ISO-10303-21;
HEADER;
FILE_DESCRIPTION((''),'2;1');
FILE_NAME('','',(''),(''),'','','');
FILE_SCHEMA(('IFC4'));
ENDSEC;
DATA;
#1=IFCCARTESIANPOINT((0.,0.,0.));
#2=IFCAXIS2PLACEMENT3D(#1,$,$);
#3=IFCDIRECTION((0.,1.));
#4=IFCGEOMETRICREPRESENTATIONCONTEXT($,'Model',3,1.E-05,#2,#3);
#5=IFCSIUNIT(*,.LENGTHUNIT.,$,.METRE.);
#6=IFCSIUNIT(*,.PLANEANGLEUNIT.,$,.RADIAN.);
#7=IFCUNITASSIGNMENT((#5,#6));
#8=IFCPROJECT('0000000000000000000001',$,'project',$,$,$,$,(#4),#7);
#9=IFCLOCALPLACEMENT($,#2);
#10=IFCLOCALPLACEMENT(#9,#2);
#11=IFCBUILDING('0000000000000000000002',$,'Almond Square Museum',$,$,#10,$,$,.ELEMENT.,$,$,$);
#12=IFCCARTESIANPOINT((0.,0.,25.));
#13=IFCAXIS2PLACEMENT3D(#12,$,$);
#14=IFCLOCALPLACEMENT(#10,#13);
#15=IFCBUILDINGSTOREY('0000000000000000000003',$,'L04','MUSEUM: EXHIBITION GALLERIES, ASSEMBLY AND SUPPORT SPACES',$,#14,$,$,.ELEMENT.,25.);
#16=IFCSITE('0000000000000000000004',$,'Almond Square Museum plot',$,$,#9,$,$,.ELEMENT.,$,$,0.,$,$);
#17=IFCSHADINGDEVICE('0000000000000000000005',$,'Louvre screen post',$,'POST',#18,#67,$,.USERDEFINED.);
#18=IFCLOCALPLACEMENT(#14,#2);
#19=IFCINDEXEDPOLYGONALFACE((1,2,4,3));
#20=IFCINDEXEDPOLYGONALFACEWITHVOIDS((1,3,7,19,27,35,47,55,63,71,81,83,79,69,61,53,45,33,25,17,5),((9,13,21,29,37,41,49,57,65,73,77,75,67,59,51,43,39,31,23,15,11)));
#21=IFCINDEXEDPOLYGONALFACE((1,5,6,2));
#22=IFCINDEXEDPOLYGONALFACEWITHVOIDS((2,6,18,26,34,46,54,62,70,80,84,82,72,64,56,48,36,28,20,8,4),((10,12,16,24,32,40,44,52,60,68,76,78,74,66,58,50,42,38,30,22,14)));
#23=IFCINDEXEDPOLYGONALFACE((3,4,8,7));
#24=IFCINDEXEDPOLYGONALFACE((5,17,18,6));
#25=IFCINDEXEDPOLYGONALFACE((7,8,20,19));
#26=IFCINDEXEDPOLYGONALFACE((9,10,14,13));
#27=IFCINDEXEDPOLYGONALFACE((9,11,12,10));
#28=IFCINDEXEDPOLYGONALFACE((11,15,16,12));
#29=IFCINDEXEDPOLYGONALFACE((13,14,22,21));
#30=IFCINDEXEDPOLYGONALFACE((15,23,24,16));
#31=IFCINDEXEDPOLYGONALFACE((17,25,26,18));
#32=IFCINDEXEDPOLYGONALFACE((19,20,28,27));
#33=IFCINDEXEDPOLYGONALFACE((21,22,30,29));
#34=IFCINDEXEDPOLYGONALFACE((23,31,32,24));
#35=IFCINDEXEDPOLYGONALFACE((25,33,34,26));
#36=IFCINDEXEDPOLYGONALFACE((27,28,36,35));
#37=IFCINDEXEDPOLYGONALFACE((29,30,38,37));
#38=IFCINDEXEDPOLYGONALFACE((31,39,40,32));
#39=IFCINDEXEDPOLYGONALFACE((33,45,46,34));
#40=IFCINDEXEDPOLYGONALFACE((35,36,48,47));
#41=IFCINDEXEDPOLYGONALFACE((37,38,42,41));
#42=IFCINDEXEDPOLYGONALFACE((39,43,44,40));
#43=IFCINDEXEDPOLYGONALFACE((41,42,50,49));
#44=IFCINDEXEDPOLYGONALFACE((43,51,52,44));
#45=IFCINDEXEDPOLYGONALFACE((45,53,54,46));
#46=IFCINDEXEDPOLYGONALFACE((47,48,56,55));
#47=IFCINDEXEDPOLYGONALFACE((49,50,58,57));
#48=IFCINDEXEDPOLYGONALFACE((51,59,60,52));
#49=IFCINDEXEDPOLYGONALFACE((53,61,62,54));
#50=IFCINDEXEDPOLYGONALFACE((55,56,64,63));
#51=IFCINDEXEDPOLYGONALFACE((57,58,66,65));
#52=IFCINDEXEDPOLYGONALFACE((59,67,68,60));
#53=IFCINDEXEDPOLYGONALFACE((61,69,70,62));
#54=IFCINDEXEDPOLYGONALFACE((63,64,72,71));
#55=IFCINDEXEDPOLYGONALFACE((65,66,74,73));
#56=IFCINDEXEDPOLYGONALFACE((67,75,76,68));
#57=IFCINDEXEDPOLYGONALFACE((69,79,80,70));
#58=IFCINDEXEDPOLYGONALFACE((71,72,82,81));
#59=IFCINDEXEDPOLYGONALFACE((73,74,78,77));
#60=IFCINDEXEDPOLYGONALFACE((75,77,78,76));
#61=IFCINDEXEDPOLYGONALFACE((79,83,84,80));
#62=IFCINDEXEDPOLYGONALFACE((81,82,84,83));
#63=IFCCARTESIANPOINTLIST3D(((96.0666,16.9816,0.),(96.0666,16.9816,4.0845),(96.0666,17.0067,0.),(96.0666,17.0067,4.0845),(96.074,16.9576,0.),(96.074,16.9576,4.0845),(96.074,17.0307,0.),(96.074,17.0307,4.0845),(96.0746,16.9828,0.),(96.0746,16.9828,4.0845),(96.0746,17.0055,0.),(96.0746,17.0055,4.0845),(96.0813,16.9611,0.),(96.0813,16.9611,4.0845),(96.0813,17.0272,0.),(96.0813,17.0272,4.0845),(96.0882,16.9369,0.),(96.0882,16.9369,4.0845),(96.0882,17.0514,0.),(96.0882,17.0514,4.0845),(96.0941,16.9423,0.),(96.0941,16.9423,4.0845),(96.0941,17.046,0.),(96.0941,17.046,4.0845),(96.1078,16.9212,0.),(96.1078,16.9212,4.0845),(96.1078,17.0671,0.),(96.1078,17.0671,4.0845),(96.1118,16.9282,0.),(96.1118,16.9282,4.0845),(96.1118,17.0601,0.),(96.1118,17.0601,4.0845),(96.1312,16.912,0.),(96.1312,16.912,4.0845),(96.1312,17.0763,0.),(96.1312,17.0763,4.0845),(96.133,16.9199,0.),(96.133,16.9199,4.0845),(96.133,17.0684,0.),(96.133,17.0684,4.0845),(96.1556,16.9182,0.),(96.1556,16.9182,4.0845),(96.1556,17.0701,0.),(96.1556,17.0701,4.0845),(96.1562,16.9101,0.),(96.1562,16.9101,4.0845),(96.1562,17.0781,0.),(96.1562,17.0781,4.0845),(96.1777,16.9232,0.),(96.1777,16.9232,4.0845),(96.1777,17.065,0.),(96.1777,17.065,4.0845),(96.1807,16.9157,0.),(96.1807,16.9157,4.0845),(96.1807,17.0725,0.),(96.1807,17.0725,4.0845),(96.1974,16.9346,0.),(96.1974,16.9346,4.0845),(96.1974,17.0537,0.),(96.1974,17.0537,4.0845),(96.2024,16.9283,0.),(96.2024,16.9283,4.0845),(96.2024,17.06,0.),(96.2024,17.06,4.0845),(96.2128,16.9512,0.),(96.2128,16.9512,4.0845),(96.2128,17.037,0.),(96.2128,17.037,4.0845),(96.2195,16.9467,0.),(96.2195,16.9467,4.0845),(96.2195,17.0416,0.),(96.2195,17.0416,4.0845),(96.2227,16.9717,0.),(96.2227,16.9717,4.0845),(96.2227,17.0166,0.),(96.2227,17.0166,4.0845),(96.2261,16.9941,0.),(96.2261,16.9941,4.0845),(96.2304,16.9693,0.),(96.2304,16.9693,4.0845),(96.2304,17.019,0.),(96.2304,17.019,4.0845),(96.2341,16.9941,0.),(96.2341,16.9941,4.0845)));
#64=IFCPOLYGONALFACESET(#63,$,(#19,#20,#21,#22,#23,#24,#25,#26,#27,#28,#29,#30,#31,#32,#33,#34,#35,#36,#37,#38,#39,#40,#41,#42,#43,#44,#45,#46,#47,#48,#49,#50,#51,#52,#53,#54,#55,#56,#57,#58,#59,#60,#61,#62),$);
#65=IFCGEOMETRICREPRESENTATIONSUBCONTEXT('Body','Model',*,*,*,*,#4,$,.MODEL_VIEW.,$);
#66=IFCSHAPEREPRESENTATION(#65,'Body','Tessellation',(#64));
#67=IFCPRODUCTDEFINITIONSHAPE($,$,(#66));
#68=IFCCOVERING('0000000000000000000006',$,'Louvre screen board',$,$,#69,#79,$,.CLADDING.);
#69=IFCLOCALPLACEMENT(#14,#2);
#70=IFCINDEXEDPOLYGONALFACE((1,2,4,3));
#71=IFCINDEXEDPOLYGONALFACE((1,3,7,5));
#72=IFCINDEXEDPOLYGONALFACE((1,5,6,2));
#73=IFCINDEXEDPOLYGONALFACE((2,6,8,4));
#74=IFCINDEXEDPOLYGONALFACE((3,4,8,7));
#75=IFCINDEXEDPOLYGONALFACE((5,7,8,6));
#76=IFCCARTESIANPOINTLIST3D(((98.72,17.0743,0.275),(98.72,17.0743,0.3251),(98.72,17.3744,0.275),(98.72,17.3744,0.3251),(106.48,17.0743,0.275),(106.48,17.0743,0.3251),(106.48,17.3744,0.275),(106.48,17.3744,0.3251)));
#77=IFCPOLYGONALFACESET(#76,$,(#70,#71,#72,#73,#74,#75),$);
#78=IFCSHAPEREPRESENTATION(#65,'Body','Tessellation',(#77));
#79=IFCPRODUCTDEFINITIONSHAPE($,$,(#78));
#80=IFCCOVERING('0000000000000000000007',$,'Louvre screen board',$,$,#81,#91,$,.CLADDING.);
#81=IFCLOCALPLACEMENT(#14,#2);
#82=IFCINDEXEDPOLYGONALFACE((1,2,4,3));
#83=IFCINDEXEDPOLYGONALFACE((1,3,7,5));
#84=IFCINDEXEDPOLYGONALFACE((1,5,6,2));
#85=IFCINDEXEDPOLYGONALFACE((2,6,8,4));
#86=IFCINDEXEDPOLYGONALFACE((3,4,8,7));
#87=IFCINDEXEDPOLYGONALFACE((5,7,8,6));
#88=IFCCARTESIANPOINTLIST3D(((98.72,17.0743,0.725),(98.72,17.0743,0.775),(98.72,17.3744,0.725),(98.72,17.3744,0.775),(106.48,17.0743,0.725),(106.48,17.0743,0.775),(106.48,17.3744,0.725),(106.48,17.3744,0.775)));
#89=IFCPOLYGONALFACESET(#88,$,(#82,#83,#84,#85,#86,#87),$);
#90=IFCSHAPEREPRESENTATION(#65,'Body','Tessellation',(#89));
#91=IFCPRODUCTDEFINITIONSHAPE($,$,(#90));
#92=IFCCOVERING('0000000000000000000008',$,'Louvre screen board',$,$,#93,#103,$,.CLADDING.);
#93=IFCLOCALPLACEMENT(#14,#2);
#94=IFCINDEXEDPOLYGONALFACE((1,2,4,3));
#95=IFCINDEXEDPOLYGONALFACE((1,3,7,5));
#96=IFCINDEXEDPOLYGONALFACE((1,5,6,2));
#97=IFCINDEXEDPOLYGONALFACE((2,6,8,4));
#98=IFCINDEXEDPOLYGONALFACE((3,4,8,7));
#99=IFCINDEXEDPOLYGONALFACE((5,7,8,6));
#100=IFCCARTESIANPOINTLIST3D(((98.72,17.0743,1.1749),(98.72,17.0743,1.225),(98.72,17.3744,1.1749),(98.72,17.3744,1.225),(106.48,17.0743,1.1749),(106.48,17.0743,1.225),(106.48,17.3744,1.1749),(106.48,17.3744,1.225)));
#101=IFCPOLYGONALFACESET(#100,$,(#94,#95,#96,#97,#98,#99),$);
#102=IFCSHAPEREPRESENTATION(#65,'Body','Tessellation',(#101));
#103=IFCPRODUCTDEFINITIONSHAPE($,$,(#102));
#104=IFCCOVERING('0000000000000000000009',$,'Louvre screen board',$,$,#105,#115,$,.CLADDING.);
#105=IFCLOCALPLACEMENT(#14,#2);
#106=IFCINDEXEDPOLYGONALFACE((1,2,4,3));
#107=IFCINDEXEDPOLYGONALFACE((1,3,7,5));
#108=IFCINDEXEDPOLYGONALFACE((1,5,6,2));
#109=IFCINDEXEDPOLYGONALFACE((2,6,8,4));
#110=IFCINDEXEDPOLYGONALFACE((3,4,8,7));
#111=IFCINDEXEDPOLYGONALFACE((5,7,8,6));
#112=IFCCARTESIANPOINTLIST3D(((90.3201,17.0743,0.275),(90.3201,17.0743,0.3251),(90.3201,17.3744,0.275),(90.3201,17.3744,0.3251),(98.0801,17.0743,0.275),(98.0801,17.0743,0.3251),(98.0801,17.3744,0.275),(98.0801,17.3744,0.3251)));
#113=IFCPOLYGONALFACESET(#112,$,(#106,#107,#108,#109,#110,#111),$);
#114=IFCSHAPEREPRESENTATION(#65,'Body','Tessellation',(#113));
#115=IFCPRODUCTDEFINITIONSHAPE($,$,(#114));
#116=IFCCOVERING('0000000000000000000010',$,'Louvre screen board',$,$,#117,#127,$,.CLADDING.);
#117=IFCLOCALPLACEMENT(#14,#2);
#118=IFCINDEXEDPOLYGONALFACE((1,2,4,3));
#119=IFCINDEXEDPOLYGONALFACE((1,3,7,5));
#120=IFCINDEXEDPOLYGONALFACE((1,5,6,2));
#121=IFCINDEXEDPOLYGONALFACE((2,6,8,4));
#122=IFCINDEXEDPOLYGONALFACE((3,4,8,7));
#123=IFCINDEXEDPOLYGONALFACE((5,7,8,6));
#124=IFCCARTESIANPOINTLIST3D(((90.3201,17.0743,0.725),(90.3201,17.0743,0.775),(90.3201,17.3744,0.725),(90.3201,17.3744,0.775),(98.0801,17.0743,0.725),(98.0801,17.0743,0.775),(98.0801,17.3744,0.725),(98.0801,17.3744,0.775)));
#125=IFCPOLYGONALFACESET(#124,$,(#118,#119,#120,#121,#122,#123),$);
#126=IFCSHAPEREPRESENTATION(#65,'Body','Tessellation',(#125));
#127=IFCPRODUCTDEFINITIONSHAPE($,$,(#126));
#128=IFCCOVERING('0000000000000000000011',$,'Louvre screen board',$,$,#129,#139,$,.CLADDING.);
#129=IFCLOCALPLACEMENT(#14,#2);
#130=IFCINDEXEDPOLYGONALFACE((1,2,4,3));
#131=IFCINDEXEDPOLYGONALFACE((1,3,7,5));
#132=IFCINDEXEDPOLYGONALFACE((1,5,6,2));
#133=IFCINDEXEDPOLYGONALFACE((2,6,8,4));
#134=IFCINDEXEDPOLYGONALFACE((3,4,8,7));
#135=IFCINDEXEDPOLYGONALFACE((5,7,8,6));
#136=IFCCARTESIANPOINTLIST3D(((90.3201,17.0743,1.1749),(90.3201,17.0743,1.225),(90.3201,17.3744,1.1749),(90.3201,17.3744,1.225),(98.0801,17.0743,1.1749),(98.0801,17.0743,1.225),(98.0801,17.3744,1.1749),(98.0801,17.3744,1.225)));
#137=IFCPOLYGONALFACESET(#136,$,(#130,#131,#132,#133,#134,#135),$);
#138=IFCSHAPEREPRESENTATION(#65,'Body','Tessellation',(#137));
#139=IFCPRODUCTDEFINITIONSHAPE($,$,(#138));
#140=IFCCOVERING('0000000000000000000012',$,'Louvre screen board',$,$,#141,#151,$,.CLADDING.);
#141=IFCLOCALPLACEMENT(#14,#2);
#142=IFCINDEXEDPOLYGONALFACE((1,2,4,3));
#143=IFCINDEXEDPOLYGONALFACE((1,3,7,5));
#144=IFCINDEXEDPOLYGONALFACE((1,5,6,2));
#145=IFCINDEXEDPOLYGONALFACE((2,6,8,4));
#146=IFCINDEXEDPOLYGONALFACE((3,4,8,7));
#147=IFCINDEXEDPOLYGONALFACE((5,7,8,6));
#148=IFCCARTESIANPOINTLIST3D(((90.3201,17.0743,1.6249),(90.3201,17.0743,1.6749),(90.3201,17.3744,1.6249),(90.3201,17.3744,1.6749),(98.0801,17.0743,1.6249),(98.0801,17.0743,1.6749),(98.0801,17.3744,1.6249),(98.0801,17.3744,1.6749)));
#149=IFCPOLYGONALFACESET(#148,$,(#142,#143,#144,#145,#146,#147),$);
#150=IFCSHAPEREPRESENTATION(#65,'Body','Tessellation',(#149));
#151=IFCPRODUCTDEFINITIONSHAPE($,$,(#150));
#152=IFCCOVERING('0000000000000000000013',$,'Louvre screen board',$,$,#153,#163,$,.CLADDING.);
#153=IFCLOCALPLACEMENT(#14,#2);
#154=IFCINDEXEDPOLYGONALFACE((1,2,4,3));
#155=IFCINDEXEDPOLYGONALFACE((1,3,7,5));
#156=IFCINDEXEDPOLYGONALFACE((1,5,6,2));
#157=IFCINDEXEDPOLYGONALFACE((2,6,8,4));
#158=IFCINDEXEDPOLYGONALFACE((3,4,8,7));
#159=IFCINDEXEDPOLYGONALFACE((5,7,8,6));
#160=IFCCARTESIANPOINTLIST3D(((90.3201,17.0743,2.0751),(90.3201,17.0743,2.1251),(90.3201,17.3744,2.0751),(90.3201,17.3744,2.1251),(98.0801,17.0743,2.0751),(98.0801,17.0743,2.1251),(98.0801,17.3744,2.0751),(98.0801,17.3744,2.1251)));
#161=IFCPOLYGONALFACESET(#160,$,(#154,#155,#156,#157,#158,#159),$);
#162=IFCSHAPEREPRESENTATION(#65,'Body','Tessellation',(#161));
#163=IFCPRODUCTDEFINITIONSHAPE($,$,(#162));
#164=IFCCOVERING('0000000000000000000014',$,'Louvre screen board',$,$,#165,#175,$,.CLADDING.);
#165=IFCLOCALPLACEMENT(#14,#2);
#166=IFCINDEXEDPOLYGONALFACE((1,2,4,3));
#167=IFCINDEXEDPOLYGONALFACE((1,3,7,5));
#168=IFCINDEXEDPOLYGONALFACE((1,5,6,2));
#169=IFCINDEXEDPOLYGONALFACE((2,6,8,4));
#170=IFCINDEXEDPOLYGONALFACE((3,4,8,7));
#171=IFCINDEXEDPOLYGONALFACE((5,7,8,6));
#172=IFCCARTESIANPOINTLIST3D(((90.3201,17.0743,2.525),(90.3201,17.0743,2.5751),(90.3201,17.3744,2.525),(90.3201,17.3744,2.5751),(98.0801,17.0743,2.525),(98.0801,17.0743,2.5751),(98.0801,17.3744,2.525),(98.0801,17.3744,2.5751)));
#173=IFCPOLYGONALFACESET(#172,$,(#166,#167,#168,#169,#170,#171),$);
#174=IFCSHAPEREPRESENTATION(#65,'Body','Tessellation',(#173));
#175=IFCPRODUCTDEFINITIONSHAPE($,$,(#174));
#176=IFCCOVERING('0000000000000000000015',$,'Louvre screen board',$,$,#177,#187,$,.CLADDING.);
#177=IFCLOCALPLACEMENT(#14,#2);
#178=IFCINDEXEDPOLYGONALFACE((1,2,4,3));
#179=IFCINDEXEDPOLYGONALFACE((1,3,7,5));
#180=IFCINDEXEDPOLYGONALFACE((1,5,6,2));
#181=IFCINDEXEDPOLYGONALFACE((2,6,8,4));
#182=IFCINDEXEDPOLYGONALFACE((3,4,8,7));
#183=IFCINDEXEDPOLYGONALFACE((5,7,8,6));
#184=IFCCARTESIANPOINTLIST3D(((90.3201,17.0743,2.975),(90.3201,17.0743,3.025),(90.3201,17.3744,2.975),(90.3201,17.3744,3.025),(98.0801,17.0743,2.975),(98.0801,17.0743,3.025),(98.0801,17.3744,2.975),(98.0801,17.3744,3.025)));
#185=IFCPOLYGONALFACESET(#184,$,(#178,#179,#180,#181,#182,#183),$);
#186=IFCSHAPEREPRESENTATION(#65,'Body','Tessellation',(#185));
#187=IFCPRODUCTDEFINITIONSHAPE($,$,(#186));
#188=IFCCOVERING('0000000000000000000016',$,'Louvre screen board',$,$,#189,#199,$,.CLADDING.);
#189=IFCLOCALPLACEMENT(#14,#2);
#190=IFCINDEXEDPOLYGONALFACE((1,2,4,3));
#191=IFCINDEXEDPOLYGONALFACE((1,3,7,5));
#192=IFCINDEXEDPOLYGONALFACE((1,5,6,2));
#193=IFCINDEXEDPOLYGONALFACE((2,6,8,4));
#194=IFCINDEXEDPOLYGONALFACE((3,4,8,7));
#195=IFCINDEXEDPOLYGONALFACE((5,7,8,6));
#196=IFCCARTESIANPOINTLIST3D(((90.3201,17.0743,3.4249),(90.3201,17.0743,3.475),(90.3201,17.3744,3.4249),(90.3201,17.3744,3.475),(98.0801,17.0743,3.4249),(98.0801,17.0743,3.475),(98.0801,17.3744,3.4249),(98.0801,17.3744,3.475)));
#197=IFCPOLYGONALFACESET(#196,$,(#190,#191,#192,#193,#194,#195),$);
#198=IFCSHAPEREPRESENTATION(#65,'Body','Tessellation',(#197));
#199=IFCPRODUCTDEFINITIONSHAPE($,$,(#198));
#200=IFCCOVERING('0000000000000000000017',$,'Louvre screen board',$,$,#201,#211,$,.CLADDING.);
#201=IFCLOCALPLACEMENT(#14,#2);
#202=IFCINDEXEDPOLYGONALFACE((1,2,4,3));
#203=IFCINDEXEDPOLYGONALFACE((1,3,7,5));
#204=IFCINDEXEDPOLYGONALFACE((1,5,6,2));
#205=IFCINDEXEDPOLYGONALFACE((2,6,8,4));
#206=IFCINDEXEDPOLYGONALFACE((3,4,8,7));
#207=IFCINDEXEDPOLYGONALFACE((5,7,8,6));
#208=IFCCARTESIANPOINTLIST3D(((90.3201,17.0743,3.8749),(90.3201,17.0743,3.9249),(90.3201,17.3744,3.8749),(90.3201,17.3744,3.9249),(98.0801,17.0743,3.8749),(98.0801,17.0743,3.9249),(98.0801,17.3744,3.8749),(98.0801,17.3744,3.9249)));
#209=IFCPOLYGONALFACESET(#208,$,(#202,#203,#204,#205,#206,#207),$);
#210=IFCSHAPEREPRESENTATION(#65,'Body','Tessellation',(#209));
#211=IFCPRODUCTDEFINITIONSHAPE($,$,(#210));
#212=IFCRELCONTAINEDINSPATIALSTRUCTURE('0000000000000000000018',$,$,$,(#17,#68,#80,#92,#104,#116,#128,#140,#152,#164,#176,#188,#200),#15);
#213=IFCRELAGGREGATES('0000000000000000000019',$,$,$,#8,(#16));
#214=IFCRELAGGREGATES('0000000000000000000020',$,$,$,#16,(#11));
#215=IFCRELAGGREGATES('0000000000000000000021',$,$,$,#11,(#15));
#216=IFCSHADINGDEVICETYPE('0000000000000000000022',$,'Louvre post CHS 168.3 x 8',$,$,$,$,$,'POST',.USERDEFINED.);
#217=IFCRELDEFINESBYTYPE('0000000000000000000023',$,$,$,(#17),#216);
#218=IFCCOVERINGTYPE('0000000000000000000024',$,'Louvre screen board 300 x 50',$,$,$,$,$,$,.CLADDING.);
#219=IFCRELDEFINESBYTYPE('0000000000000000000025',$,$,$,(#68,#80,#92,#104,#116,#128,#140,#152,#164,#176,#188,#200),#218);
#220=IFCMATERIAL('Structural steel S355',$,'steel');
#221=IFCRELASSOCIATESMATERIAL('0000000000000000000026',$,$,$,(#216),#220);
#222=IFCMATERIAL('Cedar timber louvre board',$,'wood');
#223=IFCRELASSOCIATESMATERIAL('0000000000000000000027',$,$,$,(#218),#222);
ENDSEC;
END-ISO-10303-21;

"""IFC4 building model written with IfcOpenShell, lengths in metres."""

from ifc_helpers import new_model, si_unit, direction, frame, origin, origin_2d, place, context, subcontext, project, spatial, rectangle, hollow_circle, extrude, material, material_profile, profile_set, type_object, element, save


model = new_model("IFC4")

# Units and contexts
model_context = context("Model", 3, precision=1e-05, world=origin(), true_north=direction((0.0, 1.0)))
body_context = subcontext(model_context, "Body", "Model", "MODEL_VIEW")
ifc_project = project(units=[si_unit("LENGTHUNIT", "METRE"), si_unit("PLANEANGLEUNIT", "RADIAN")], contexts=[model_context])

# Site, building, storey
site_placement = place(None, origin())
site = spatial("IfcSite", under=ifc_project, at=site_placement, Name="Almond Square Museum plot", CompositionType="ELEMENT", RefElevation=0.0)
building_placement = place(site_placement, origin())
building = spatial("IfcBuilding", under=site, at=building_placement, Name="Almond Square Museum", CompositionType="ELEMENT")
storey_placement = place(building_placement, frame((0.0, 0.0, 25.0)))
storey = spatial("IfcBuildingStorey", under=building, at=storey_placement, Name="L04", Description="MUSEUM: EXHIBITION GALLERIES, ASSEMBLY AND SUPPORT SPACES", CompositionType="ELEMENT", Elevation=25.0)

# Shading device
ifc_material_1 = material(Name="Structural steel S355", Category="steel")
ifc_material_profile_1 = material_profile(ifc_material_1, hollow_circle(Radius=0.0842, WallThickness=0.0081, at=origin_2d()))
ifc_profile_set_1 = profile_set([ifc_material_profile_1], Name="Structural steel S355")
shading_device_type = type_object("IfcShadingDeviceType", Name="Louvre post CHS 168.3 x 8", ElementType="POST", PredefinedType="USERDEFINED", material=ifc_profile_set_1)
for number, where, z_axis, x_axis, name in (
    (1, (96.1499, 16.9941, 0.0), (0.0, 0.0, 1.0), (1.0, 0.0, 0.0), "Louvre screen post"),
):
    element("IfcShadingDevice", number, at=place(storey_placement, frame(where, z_axis=z_axis, x_axis=x_axis)), inside=storey, type_object=shading_device_type, Name=name, ObjectType="POST", PredefinedType="USERDEFINED", context=body_context, shape_type="SweptSolid", body=[
        extrude(hollow_circle(Radius=0.0842, WallThickness=0.0081, at=origin_2d()), origin(), (0.0, 0.0, 1.0), 4.0845),
    ])

# Coverings
ifc_material_2 = material(Name="Cedar timber louvre board", Category="wood")
ifc_material_profile_2 = material_profile(ifc_material_2, rectangle(XDim=0.3, YDim=0.05, at=origin_2d()))
ifc_profile_set_2 = profile_set([ifc_material_profile_2], Name="Cedar timber louvre board")
covering_type = type_object("IfcCoveringType", Name="Louvre screen board 300 x 50", PredefinedType="CLADDING", material=ifc_profile_set_2)
for number, where, z_axis, x_axis, name in (
    (2, (98.72, 17.2244, 0.3), (1.0, 0.0, 0.0), (0.0, 1.0, 0.0), "Louvre screen board"),
    (3, (98.72, 17.2244, 0.75), (1.0, 0.0, 0.0), (0.0, 1.0, 0.0), "Louvre screen board"),
    (4, (98.72, 17.2244, 1.2), (1.0, 0.0, 0.0), (0.0, 1.0, 0.0), "Louvre screen board"),
    (5, (90.3201, 17.2244, 0.3), (1.0, 0.0, 0.0), (0.0, 1.0, 0.0), "Louvre screen board"),
    (6, (90.3201, 17.2244, 0.75), (1.0, 0.0, 0.0), (0.0, 1.0, 0.0), "Louvre screen board"),
    (7, (90.3201, 17.2244, 1.2), (1.0, 0.0, 0.0), (0.0, 1.0, 0.0), "Louvre screen board"),
    (8, (90.3201, 17.2244, 1.6499), (1.0, 0.0, 0.0), (0.0, 1.0, 0.0), "Louvre screen board"),
    (9, (90.3201, 17.2244, 2.1001), (1.0, 0.0, 0.0), (0.0, 1.0, 0.0), "Louvre screen board"),
    (10, (90.3201, 17.2244, 2.55), (1.0, 0.0, 0.0), (0.0, 1.0, 0.0), "Louvre screen board"),
    (11, (90.3201, 17.2244, 3.0), (1.0, 0.0, 0.0), (0.0, 1.0, 0.0), "Louvre screen board"),
    (12, (90.3201, 17.2244, 3.45), (1.0, 0.0, 0.0), (0.0, 1.0, 0.0), "Louvre screen board"),
    (13, (90.3201, 17.2244, 3.8999), (1.0, 0.0, 0.0), (0.0, 1.0, 0.0), "Louvre screen board"),
):
    element("IfcCovering", number, at=place(storey_placement, frame(where, z_axis=z_axis, x_axis=x_axis)), inside=storey, type_object=covering_type, Name=name, PredefinedType="CLADDING", context=body_context, shape_type="SweptSolid", body=[
        extrude(rectangle(XDim=0.3, YDim=0.05, at=origin_2d()), origin(), (0.0, 0.0, 1.0), 7.76),
    ])

save(model, "model.ifc")
